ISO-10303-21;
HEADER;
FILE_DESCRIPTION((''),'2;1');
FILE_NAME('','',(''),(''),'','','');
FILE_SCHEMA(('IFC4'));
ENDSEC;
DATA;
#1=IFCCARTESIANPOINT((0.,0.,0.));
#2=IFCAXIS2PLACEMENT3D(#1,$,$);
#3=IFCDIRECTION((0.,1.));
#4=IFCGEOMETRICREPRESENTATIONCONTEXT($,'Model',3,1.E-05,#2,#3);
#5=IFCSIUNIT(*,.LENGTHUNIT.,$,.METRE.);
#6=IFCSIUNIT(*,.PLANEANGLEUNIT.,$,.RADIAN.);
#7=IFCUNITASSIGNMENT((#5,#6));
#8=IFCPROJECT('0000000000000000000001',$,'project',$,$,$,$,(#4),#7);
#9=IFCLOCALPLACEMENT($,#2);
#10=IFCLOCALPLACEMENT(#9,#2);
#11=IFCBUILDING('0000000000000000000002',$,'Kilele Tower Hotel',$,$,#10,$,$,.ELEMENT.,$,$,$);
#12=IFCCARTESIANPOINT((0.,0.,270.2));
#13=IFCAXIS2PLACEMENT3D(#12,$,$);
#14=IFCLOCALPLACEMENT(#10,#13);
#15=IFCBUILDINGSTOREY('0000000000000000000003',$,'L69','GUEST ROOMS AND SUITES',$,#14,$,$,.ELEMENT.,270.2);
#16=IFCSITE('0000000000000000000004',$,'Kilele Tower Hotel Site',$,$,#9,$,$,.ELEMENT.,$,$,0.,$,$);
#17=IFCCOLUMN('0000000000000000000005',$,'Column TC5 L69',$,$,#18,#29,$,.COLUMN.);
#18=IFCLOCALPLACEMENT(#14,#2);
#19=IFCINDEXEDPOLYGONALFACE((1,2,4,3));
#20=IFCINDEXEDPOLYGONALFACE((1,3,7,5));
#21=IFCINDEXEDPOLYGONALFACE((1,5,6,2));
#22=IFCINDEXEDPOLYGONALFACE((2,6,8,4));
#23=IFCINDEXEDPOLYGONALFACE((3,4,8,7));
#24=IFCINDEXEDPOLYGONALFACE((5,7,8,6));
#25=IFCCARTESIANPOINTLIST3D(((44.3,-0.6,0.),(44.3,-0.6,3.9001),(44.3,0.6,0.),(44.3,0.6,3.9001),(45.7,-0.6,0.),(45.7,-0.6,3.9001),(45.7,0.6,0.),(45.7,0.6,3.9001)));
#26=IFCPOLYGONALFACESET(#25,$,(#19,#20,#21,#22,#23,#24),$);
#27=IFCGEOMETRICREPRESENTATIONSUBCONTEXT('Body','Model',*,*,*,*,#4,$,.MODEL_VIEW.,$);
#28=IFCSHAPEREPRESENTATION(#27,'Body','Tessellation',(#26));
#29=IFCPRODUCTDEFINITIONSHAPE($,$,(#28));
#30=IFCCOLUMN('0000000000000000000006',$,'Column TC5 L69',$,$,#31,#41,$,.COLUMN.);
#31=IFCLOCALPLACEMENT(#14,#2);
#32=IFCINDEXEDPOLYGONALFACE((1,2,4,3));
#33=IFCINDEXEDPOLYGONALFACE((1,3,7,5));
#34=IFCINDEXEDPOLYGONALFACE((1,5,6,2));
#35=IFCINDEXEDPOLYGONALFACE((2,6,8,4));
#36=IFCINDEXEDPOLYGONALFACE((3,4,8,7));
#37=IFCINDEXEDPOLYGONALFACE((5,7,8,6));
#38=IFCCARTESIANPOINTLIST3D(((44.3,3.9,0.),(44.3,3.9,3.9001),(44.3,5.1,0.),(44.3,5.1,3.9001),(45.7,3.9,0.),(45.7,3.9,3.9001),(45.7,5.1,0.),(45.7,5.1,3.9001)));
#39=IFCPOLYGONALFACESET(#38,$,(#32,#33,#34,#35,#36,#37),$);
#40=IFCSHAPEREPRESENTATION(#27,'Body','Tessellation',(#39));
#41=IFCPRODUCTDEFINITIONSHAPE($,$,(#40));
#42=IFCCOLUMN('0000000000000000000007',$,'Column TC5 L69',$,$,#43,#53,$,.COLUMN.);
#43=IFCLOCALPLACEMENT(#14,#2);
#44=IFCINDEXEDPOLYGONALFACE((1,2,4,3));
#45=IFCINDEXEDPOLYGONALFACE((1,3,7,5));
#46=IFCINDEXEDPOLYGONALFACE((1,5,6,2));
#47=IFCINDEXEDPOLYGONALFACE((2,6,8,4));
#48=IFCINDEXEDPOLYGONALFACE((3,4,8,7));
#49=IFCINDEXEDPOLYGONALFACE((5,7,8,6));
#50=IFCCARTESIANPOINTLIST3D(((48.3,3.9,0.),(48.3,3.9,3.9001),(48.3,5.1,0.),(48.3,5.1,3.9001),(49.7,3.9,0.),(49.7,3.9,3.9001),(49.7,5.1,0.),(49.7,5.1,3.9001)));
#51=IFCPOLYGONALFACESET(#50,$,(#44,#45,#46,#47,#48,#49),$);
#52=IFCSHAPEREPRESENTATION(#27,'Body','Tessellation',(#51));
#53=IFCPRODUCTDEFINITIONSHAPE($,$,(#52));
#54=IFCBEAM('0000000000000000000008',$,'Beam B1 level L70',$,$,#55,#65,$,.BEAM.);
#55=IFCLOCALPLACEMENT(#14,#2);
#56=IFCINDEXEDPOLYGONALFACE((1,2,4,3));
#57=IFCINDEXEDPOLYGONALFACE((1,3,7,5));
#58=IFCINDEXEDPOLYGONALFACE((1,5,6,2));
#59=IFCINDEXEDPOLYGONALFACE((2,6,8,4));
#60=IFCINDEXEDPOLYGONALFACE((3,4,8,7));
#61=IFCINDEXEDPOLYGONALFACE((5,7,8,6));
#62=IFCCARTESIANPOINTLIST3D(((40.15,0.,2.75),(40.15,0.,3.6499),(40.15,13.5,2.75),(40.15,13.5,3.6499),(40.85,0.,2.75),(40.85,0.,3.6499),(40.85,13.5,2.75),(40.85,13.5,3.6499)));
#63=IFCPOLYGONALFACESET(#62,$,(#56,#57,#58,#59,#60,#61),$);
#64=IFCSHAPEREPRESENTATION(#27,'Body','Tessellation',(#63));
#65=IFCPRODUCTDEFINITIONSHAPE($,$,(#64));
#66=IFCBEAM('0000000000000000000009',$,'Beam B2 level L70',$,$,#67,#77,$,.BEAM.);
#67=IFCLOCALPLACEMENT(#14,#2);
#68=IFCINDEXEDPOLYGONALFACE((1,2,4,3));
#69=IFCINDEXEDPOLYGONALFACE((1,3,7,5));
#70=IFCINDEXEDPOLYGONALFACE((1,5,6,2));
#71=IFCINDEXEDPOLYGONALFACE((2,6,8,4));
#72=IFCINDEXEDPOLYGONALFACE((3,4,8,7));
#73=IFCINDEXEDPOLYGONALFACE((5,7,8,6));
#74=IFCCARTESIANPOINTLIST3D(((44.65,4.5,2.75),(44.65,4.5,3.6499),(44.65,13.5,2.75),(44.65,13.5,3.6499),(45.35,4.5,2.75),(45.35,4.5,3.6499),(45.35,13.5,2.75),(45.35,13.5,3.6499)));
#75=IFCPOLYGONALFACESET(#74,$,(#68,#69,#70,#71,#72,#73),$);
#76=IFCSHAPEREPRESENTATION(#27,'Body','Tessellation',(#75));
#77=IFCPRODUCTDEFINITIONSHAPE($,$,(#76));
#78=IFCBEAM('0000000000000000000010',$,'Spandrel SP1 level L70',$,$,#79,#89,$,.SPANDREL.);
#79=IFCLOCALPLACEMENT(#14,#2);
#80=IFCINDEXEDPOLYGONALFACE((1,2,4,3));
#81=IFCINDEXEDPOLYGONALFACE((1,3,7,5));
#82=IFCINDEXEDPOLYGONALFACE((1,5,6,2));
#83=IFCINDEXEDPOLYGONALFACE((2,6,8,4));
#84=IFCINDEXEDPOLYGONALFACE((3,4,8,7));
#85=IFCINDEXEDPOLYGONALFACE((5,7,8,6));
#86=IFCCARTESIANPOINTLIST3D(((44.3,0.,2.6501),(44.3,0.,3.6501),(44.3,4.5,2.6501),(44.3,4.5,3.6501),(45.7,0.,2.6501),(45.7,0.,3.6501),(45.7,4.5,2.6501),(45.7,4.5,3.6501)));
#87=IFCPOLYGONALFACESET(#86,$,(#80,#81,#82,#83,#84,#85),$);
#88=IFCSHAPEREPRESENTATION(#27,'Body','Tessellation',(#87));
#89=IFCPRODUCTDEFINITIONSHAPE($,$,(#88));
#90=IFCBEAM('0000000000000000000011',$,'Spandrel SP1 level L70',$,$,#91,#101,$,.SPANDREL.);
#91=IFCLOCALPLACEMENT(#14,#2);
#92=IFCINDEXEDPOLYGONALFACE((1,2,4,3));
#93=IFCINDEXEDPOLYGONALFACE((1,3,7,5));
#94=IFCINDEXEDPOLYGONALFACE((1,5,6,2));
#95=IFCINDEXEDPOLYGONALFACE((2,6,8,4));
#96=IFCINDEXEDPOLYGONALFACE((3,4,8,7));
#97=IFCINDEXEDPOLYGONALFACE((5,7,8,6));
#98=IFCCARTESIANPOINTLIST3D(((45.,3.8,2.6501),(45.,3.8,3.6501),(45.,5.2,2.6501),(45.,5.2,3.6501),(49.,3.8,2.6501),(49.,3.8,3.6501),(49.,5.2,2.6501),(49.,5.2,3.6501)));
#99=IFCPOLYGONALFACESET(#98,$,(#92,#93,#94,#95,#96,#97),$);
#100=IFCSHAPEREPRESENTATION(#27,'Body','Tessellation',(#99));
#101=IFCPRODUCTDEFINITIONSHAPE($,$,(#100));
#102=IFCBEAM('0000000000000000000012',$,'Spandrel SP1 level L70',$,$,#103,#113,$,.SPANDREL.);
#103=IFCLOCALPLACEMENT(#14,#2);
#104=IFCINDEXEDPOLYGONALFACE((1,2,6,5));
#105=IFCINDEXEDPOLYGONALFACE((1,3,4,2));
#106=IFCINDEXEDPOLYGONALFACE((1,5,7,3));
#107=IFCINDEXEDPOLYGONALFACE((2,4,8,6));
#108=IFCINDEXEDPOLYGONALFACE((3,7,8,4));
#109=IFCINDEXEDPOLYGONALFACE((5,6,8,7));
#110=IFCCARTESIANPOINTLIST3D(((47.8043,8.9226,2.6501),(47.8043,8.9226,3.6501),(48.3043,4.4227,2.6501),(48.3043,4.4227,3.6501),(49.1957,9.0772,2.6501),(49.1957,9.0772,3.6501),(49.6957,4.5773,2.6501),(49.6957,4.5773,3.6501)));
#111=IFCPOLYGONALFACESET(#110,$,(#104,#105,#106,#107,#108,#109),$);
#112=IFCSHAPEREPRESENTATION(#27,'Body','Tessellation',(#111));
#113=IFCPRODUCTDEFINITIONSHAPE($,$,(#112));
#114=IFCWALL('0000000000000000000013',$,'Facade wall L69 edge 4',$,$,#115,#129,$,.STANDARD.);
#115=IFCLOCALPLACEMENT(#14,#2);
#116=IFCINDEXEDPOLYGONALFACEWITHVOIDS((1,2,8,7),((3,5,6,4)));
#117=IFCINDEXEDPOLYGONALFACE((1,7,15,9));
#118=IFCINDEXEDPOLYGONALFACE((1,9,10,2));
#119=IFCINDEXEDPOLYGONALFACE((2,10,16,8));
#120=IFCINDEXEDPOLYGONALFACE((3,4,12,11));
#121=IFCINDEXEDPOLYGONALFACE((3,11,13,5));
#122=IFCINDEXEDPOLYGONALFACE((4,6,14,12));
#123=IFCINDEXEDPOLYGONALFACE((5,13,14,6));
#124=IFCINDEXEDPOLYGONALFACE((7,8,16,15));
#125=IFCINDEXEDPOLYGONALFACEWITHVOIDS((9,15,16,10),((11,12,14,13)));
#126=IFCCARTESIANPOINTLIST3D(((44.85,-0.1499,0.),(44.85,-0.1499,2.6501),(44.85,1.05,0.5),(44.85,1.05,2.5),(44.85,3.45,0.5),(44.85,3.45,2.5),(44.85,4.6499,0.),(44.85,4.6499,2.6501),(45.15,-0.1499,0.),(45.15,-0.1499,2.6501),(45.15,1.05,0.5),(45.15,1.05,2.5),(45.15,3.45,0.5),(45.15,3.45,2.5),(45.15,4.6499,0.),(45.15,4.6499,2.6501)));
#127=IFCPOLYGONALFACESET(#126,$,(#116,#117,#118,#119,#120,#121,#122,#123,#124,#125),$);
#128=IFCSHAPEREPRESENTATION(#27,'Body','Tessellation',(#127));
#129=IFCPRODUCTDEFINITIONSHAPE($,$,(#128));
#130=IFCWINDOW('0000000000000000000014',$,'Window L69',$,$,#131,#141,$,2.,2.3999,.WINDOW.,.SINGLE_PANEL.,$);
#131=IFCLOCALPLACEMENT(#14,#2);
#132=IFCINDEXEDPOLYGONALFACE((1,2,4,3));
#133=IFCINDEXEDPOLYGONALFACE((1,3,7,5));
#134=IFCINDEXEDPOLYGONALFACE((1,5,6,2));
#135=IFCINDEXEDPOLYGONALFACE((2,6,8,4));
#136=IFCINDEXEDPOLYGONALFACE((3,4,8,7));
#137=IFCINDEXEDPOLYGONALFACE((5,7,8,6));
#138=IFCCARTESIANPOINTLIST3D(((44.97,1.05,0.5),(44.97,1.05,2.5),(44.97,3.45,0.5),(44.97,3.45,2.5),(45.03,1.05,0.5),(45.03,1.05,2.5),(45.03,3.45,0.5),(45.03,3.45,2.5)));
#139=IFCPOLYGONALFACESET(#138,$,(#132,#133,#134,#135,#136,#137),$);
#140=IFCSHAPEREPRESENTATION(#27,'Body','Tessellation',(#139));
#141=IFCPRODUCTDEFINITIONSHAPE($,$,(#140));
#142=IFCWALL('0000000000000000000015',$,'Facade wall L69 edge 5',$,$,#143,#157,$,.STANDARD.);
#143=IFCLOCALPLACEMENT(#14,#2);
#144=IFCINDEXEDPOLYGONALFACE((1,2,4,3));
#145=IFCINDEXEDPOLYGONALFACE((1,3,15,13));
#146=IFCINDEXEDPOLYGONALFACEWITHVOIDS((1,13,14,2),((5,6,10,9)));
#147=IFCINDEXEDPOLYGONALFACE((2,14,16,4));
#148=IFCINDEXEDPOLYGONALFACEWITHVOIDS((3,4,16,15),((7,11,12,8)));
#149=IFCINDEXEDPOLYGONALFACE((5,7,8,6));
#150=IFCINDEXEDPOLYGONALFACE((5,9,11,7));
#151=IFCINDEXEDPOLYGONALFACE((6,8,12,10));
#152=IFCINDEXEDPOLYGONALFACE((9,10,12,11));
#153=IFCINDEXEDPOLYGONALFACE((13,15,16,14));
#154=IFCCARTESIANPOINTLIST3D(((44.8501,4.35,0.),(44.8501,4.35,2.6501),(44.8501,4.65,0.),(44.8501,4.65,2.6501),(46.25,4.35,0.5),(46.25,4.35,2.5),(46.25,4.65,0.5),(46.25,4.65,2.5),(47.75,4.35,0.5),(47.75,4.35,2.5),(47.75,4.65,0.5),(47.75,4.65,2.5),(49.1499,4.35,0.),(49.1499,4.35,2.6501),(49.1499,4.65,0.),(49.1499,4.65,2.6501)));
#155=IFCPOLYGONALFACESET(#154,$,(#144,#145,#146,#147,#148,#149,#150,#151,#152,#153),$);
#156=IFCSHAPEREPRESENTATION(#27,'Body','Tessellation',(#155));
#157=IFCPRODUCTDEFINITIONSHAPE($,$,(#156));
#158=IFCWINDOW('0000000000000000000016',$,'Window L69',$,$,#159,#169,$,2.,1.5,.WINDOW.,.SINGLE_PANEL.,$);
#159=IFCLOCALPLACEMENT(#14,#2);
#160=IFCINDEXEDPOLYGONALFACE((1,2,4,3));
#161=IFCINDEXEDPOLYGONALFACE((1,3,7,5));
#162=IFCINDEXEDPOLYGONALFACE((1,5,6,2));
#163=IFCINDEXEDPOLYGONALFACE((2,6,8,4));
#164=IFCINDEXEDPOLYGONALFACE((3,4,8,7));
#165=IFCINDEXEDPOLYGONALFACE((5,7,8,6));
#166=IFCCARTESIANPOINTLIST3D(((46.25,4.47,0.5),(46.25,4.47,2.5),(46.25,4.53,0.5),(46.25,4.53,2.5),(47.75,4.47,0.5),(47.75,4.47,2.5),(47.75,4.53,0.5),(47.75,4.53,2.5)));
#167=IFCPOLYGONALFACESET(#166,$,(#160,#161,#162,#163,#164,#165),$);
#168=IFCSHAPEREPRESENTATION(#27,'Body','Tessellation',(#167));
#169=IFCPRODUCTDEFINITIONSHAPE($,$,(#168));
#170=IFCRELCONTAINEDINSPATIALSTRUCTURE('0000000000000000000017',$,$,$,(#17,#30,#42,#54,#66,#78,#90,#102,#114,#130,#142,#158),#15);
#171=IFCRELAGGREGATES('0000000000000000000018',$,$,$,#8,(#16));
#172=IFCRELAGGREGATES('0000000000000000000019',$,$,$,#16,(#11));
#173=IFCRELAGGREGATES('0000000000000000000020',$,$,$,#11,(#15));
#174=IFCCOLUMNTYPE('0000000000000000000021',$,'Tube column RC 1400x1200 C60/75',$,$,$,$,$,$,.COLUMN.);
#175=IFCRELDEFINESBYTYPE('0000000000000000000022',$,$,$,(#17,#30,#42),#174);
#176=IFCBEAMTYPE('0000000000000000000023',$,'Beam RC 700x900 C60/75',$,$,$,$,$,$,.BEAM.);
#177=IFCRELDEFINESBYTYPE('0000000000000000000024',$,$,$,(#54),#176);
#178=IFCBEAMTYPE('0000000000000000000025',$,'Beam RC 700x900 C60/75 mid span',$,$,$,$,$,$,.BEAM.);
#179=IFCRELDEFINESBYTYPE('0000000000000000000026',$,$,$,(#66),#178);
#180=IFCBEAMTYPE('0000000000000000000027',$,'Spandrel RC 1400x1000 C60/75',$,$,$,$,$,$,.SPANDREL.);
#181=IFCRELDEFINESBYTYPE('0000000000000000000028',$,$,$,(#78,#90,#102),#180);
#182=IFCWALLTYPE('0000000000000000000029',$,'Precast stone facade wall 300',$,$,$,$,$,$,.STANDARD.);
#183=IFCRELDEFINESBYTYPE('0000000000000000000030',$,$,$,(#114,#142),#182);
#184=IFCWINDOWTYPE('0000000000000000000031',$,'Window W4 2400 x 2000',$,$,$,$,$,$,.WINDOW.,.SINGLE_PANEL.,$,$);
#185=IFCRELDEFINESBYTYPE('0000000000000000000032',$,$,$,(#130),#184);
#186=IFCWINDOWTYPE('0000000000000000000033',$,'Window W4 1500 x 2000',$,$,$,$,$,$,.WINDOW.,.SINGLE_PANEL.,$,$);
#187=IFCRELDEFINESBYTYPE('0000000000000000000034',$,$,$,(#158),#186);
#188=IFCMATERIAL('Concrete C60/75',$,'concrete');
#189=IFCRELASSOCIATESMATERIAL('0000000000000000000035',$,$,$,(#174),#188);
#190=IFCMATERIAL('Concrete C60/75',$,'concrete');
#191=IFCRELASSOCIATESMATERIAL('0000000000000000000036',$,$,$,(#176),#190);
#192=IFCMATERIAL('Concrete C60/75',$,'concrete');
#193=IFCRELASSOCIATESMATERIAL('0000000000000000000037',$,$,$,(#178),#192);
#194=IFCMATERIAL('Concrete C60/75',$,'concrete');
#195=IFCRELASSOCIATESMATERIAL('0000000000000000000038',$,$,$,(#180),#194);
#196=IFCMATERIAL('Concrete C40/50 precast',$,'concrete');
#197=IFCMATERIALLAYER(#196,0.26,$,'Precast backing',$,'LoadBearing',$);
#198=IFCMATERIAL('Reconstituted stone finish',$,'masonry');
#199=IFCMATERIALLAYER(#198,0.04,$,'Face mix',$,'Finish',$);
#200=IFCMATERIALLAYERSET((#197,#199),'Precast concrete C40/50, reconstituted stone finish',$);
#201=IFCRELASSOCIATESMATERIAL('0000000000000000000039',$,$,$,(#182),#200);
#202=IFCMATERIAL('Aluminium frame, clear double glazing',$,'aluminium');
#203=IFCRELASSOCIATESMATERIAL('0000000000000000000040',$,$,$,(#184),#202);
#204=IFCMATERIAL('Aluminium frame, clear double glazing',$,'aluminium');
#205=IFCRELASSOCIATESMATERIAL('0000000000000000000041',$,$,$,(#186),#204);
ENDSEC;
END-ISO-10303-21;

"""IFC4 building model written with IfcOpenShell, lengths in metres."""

from ifc_helpers import new_model, si_unit, direction, frame, frame_2d, origin, origin_2d, place, context, subcontext, project, spatial, rectangle, extrude, material, layer, layer_set, material_profile, profile_set, type_object, element, fill, save


model = new_model("IFC4")

# Units and contexts
model_context = context("Model", 3, precision=1e-05, world=origin(), true_north=direction((0.0, 1.0)))
body_context = subcontext(model_context, "Body", "Model", "MODEL_VIEW")
ifc_project = project(units=[si_unit("LENGTHUNIT", "METRE"), si_unit("PLANEANGLEUNIT", "RADIAN")], contexts=[model_context])

# Site, building, storey
site_placement = place(None, origin())
site = spatial("IfcSite", under=ifc_project, at=site_placement, Name="Kilele Tower Hotel Site", CompositionType="ELEMENT", RefElevation=0.0)
building_placement = place(site_placement, origin())
building = spatial("IfcBuilding", under=site, at=building_placement, Name="Kilele Tower Hotel", CompositionType="ELEMENT")
storey_placement = place(building_placement, frame((0.0, 0.0, 270.2)))
storey = spatial("IfcBuildingStorey", under=building, at=storey_placement, Name="L69", Description="GUEST ROOMS AND SUITES", CompositionType="ELEMENT", Elevation=270.2)

# Columns
ifc_material_1 = material(Name="Concrete C60/75", Category="concrete")
ifc_material_profile_1 = material_profile(ifc_material_1, rectangle(XDim=1.3999, YDim=1.2, at=origin_2d()))
ifc_profile_set_1 = profile_set([ifc_material_profile_1], Name="Concrete C60/75")
column_type = type_object("IfcColumnType", Name="Tube column RC 1400x1200 C60/75", PredefinedType="COLUMN", material=ifc_profile_set_1)
for number, where, z_axis, x_axis, name in (
    (1, (45.0, 0.0, 0.0), (0.0, 0.0, 1.0), (1.0, 0.0, 0.0), "Column TC5 L69"),
    (2, (45.0, 4.5, 0.0), (0.0, 0.0, 1.0), (1.0, 0.0, 0.0), "Column TC5 L69"),
    (3, (49.0, 4.5, 0.0), (0.0, 0.0, 1.0), (1.0, 0.0, 0.0), "Column TC5 L69"),
):
    element("IfcColumn", number, at=place(storey_placement, frame(where, z_axis=z_axis, x_axis=x_axis)), inside=storey, type_object=column_type, Name=name, PredefinedType="COLUMN", context=body_context, shape_type="SweptSolid", body=[
        extrude(rectangle(XDim=1.3999, YDim=1.2, at=origin_2d()), origin(), (0.0, 0.0, 1.0), 3.9001),
    ])

# Beams
ifc_material_2 = material(Name="Concrete C60/75", Category="concrete")
ifc_material_profile_2 = material_profile(ifc_material_2, rectangle(XDim=0.7, YDim=0.8999, at=origin_2d()))
ifc_profile_set_2 = profile_set([ifc_material_profile_2], Name="Concrete C60/75")
beam_type_1 = type_object("IfcBeamType", Name="Beam RC 700x900 C60/75", PredefinedType="BEAM", material=ifc_profile_set_2)
beam_1_placement = place(storey_placement, frame((40.5, 0.0, 3.2), z_axis=(0.0, 1.0, 0.0), x_axis=(-1.0, 0.0, 0.0)))
element("IfcBeam", 4, at=beam_1_placement, inside=storey, type_object=beam_type_1, Name="Beam B1 level L70", PredefinedType="BEAM", context=body_context, shape_type="SweptSolid", body=[
    extrude(rectangle(XDim=0.7, YDim=0.8999, at=origin_2d()), origin(), (0.0, 0.0, 1.0), 13.5),
])
ifc_material_3 = material(Name="Concrete C60/75", Category="concrete")
ifc_material_profile_3 = material_profile(ifc_material_3, rectangle(XDim=0.7, YDim=0.8999, at=origin_2d()))
ifc_profile_set_3 = profile_set([ifc_material_profile_3], Name="Concrete C60/75")
beam_type_2 = type_object("IfcBeamType", Name="Beam RC 700x900 C60/75 mid span", PredefinedType="BEAM", material=ifc_profile_set_3)
beam_2_placement = place(storey_placement, frame((45.0, 4.5, 3.2), z_axis=(0.0, 1.0, 0.0), x_axis=(-1.0, 0.0, 0.0)))
element("IfcBeam", 5, at=beam_2_placement, inside=storey, type_object=beam_type_2, Name="Beam B2 level L70", PredefinedType="BEAM", context=body_context, shape_type="SweptSolid", body=[
    extrude(rectangle(XDim=0.7, YDim=0.8999, at=origin_2d()), origin(), (0.0, 0.0, 1.0), 9.0),
])
ifc_material_4 = material(Name="Concrete C60/75", Category="concrete")
ifc_material_profile_4 = material_profile(ifc_material_4, rectangle(XDim=1.3999, YDim=1.0, at=origin_2d()))
ifc_profile_set_4 = profile_set([ifc_material_profile_4], Name="Concrete C60/75")
beam_type_3 = type_object("IfcBeamType", Name="Spandrel RC 1400x1000 C60/75", PredefinedType="SPANDREL", material=ifc_profile_set_4)
beam_3_placement = place(storey_placement, frame((45.0, 0.0, 3.1501), z_axis=(0.0, 1.0, 0.0), x_axis=(-1.0, 0.0, 0.0)))
element("IfcBeam", 6, at=beam_3_placement, inside=storey, type_object=beam_type_3, Name="Spandrel SP1 level L70", PredefinedType="SPANDREL", context=body_context, shape_type="SweptSolid", body=[
    extrude(rectangle(XDim=1.3999, YDim=1.0, at=origin_2d()), origin(), (0.0, 0.0, 1.0), 4.5),
])
beam_4_placement = place(storey_placement, frame((45.0, 4.5, 3.1501), z_axis=(1.0, 0.0, 0.0), x_axis=(0.0, 1.0, 0.0)))
element("IfcBeam", 7, at=beam_4_placement, inside=storey, type_object=beam_type_3, Name="Spandrel SP1 level L70", PredefinedType="SPANDREL", context=body_context, shape_type="SweptSolid", body=[
    extrude(rectangle(XDim=1.3999, YDim=1.0, at=origin_2d()), origin(), (0.0, 0.0, 1.0), 4.0),
])
beam_5_placement = place(storey_placement, frame((49.0, 4.5, 3.1501), z_axis=(-0.110432, 0.993884, 0.0), x_axis=(-0.993884, -0.110432, 0.0)))
element("IfcBeam", 8, at=beam_5_placement, inside=storey, type_object=beam_type_3, Name="Spandrel SP1 level L70", PredefinedType="SPANDREL", context=body_context, shape_type="SweptSolid", body=[
    extrude(rectangle(XDim=1.3999, YDim=1.0, at=origin_2d()), origin(), (0.0, 0.0, 1.0), 4.5276),
])

# Walls, openings, windows
ifc_material_5 = material(Name="Concrete C40/50 precast", Category="concrete")
ifc_layer_1 = layer(ifc_material_5, 0.26, Name="Precast backing", Category="LoadBearing")
ifc_material_6 = material(Name="Reconstituted stone finish", Category="masonry")
ifc_layer_2 = layer(ifc_material_6, 0.04, Name="Face mix", Category="Finish")
ifc_layer_set = layer_set([ifc_layer_1, ifc_layer_2], Name="Precast concrete C40/50, reconstituted stone finish")
wall_type = type_object("IfcWallType", Name="Precast stone facade wall 300", PredefinedType="STANDARD", material=ifc_layer_set)
wall_1_placement = place(storey_placement, frame((45.0, -0.1499, 0.0), z_axis=(0.0, 0.0, 1.0), x_axis=(0.0, 1.0, 0.0)))
wall_1 = element("IfcWall", 9, at=wall_1_placement, inside=storey, type_object=wall_type, Name="Facade wall L69 edge 4", PredefinedType="STANDARD", context=body_context, shape_type="SweptSolid", body=[
    extrude(rectangle(XDim=4.7998, YDim=0.3, at=frame_2d((2.3999, 0.0))), origin(), (0.0, 0.0, 1.0), 2.6501),
])
opening_1_placement = place(wall_1_placement, frame((1.2, 0.0, 0.5)))
opening_1 = element("IfcOpeningElement", 10, at=opening_1_placement, cuts=wall_1, PredefinedType="OPENING", context=body_context, shape_type="SweptSolid", body=[
    extrude(rectangle(XDim=2.3999, YDim=2.0, at=frame_2d((1.2, 1.0))), frame((0.0, 0.1599, 0.0), z_axis=(0.0, -1.0, 0.0), x_axis=(1.0, 0.0, 0.0)), (0.0, 0.0, 1.0), 0.3201),
])
ifc_material_7 = material(Name="Aluminium frame, clear double glazing", Category="aluminium")
window_type_1 = type_object("IfcWindowType", Name="Window W4 2400 x 2000", PartitioningType="SINGLE_PANEL", PredefinedType="WINDOW", material=ifc_material_7)
window_1_placement = place(opening_1_placement, origin())
window_1 = element("IfcWindow", 11, at=window_1_placement, inside=storey, type_object=window_type_1, Name="Window L69", OverallHeight=2.0, OverallWidth=2.3999, PartitioningType="SINGLE_PANEL", PredefinedType="WINDOW", context=body_context, shape_type="SweptSolid", body=[
    extrude(rectangle(XDim=2.3999, YDim=2.0, at=frame_2d((1.2, 1.0))), frame((0.0, 0.03, 0.0), z_axis=(0.0, -1.0, 0.0), x_axis=(1.0, 0.0, 0.0)), (0.0, 0.0, 1.0), 0.0601),
])
fill(opening_1, window_1)
wall_2_placement = place(storey_placement, frame((44.8501, 4.5, 0.0), z_axis=(0.0, 0.0, 1.0), x_axis=(1.0, 0.0, 0.0)))
wall_2 = element("IfcWall", 12, at=wall_2_placement, inside=storey, type_object=wall_type, Name="Facade wall L69 edge 5", PredefinedType="STANDARD", context=body_context, shape_type="SweptSolid", body=[
    extrude(rectangle(XDim=4.2998, YDim=0.3, at=frame_2d((2.1499, 0.0))), origin(), (0.0, 0.0, 1.0), 2.6501),
])
opening_2_placement = place(wall_2_placement, frame((1.3999, 0.0, 0.5)))
opening_2 = element("IfcOpeningElement", 13, at=opening_2_placement, cuts=wall_2, PredefinedType="OPENING", context=body_context, shape_type="SweptSolid", body=[
    extrude(rectangle(XDim=1.5, YDim=2.0, at=frame_2d((0.75, 1.0))), frame((0.0, 0.1599, 0.0), z_axis=(0.0, -1.0, 0.0), x_axis=(1.0, 0.0, 0.0)), (0.0, 0.0, 1.0), 0.3201),
])
ifc_material_8 = material(Name="Aluminium frame, clear double glazing", Category="aluminium")
window_type_2 = type_object("IfcWindowType", Name="Window W4 1500 x 2000", PartitioningType="SINGLE_PANEL", PredefinedType="WINDOW", material=ifc_material_8)
window_2_placement = place(opening_2_placement, origin())
window_2 = element("IfcWindow", 14, at=window_2_placement, inside=storey, type_object=window_type_2, Name="Window L69", OverallHeight=2.0, OverallWidth=1.5, PartitioningType="SINGLE_PANEL", PredefinedType="WINDOW", context=body_context, shape_type="SweptSolid", body=[
    extrude(rectangle(XDim=1.5, YDim=2.0, at=frame_2d((0.75, 1.0))), frame((0.0, 0.03, 0.0), z_axis=(0.0, -1.0, 0.0), x_axis=(1.0, 0.0, 0.0)), (0.0, 0.0, 1.0), 0.0601),
])
fill(opening_2, window_2)

save(model, "model.ifc")
